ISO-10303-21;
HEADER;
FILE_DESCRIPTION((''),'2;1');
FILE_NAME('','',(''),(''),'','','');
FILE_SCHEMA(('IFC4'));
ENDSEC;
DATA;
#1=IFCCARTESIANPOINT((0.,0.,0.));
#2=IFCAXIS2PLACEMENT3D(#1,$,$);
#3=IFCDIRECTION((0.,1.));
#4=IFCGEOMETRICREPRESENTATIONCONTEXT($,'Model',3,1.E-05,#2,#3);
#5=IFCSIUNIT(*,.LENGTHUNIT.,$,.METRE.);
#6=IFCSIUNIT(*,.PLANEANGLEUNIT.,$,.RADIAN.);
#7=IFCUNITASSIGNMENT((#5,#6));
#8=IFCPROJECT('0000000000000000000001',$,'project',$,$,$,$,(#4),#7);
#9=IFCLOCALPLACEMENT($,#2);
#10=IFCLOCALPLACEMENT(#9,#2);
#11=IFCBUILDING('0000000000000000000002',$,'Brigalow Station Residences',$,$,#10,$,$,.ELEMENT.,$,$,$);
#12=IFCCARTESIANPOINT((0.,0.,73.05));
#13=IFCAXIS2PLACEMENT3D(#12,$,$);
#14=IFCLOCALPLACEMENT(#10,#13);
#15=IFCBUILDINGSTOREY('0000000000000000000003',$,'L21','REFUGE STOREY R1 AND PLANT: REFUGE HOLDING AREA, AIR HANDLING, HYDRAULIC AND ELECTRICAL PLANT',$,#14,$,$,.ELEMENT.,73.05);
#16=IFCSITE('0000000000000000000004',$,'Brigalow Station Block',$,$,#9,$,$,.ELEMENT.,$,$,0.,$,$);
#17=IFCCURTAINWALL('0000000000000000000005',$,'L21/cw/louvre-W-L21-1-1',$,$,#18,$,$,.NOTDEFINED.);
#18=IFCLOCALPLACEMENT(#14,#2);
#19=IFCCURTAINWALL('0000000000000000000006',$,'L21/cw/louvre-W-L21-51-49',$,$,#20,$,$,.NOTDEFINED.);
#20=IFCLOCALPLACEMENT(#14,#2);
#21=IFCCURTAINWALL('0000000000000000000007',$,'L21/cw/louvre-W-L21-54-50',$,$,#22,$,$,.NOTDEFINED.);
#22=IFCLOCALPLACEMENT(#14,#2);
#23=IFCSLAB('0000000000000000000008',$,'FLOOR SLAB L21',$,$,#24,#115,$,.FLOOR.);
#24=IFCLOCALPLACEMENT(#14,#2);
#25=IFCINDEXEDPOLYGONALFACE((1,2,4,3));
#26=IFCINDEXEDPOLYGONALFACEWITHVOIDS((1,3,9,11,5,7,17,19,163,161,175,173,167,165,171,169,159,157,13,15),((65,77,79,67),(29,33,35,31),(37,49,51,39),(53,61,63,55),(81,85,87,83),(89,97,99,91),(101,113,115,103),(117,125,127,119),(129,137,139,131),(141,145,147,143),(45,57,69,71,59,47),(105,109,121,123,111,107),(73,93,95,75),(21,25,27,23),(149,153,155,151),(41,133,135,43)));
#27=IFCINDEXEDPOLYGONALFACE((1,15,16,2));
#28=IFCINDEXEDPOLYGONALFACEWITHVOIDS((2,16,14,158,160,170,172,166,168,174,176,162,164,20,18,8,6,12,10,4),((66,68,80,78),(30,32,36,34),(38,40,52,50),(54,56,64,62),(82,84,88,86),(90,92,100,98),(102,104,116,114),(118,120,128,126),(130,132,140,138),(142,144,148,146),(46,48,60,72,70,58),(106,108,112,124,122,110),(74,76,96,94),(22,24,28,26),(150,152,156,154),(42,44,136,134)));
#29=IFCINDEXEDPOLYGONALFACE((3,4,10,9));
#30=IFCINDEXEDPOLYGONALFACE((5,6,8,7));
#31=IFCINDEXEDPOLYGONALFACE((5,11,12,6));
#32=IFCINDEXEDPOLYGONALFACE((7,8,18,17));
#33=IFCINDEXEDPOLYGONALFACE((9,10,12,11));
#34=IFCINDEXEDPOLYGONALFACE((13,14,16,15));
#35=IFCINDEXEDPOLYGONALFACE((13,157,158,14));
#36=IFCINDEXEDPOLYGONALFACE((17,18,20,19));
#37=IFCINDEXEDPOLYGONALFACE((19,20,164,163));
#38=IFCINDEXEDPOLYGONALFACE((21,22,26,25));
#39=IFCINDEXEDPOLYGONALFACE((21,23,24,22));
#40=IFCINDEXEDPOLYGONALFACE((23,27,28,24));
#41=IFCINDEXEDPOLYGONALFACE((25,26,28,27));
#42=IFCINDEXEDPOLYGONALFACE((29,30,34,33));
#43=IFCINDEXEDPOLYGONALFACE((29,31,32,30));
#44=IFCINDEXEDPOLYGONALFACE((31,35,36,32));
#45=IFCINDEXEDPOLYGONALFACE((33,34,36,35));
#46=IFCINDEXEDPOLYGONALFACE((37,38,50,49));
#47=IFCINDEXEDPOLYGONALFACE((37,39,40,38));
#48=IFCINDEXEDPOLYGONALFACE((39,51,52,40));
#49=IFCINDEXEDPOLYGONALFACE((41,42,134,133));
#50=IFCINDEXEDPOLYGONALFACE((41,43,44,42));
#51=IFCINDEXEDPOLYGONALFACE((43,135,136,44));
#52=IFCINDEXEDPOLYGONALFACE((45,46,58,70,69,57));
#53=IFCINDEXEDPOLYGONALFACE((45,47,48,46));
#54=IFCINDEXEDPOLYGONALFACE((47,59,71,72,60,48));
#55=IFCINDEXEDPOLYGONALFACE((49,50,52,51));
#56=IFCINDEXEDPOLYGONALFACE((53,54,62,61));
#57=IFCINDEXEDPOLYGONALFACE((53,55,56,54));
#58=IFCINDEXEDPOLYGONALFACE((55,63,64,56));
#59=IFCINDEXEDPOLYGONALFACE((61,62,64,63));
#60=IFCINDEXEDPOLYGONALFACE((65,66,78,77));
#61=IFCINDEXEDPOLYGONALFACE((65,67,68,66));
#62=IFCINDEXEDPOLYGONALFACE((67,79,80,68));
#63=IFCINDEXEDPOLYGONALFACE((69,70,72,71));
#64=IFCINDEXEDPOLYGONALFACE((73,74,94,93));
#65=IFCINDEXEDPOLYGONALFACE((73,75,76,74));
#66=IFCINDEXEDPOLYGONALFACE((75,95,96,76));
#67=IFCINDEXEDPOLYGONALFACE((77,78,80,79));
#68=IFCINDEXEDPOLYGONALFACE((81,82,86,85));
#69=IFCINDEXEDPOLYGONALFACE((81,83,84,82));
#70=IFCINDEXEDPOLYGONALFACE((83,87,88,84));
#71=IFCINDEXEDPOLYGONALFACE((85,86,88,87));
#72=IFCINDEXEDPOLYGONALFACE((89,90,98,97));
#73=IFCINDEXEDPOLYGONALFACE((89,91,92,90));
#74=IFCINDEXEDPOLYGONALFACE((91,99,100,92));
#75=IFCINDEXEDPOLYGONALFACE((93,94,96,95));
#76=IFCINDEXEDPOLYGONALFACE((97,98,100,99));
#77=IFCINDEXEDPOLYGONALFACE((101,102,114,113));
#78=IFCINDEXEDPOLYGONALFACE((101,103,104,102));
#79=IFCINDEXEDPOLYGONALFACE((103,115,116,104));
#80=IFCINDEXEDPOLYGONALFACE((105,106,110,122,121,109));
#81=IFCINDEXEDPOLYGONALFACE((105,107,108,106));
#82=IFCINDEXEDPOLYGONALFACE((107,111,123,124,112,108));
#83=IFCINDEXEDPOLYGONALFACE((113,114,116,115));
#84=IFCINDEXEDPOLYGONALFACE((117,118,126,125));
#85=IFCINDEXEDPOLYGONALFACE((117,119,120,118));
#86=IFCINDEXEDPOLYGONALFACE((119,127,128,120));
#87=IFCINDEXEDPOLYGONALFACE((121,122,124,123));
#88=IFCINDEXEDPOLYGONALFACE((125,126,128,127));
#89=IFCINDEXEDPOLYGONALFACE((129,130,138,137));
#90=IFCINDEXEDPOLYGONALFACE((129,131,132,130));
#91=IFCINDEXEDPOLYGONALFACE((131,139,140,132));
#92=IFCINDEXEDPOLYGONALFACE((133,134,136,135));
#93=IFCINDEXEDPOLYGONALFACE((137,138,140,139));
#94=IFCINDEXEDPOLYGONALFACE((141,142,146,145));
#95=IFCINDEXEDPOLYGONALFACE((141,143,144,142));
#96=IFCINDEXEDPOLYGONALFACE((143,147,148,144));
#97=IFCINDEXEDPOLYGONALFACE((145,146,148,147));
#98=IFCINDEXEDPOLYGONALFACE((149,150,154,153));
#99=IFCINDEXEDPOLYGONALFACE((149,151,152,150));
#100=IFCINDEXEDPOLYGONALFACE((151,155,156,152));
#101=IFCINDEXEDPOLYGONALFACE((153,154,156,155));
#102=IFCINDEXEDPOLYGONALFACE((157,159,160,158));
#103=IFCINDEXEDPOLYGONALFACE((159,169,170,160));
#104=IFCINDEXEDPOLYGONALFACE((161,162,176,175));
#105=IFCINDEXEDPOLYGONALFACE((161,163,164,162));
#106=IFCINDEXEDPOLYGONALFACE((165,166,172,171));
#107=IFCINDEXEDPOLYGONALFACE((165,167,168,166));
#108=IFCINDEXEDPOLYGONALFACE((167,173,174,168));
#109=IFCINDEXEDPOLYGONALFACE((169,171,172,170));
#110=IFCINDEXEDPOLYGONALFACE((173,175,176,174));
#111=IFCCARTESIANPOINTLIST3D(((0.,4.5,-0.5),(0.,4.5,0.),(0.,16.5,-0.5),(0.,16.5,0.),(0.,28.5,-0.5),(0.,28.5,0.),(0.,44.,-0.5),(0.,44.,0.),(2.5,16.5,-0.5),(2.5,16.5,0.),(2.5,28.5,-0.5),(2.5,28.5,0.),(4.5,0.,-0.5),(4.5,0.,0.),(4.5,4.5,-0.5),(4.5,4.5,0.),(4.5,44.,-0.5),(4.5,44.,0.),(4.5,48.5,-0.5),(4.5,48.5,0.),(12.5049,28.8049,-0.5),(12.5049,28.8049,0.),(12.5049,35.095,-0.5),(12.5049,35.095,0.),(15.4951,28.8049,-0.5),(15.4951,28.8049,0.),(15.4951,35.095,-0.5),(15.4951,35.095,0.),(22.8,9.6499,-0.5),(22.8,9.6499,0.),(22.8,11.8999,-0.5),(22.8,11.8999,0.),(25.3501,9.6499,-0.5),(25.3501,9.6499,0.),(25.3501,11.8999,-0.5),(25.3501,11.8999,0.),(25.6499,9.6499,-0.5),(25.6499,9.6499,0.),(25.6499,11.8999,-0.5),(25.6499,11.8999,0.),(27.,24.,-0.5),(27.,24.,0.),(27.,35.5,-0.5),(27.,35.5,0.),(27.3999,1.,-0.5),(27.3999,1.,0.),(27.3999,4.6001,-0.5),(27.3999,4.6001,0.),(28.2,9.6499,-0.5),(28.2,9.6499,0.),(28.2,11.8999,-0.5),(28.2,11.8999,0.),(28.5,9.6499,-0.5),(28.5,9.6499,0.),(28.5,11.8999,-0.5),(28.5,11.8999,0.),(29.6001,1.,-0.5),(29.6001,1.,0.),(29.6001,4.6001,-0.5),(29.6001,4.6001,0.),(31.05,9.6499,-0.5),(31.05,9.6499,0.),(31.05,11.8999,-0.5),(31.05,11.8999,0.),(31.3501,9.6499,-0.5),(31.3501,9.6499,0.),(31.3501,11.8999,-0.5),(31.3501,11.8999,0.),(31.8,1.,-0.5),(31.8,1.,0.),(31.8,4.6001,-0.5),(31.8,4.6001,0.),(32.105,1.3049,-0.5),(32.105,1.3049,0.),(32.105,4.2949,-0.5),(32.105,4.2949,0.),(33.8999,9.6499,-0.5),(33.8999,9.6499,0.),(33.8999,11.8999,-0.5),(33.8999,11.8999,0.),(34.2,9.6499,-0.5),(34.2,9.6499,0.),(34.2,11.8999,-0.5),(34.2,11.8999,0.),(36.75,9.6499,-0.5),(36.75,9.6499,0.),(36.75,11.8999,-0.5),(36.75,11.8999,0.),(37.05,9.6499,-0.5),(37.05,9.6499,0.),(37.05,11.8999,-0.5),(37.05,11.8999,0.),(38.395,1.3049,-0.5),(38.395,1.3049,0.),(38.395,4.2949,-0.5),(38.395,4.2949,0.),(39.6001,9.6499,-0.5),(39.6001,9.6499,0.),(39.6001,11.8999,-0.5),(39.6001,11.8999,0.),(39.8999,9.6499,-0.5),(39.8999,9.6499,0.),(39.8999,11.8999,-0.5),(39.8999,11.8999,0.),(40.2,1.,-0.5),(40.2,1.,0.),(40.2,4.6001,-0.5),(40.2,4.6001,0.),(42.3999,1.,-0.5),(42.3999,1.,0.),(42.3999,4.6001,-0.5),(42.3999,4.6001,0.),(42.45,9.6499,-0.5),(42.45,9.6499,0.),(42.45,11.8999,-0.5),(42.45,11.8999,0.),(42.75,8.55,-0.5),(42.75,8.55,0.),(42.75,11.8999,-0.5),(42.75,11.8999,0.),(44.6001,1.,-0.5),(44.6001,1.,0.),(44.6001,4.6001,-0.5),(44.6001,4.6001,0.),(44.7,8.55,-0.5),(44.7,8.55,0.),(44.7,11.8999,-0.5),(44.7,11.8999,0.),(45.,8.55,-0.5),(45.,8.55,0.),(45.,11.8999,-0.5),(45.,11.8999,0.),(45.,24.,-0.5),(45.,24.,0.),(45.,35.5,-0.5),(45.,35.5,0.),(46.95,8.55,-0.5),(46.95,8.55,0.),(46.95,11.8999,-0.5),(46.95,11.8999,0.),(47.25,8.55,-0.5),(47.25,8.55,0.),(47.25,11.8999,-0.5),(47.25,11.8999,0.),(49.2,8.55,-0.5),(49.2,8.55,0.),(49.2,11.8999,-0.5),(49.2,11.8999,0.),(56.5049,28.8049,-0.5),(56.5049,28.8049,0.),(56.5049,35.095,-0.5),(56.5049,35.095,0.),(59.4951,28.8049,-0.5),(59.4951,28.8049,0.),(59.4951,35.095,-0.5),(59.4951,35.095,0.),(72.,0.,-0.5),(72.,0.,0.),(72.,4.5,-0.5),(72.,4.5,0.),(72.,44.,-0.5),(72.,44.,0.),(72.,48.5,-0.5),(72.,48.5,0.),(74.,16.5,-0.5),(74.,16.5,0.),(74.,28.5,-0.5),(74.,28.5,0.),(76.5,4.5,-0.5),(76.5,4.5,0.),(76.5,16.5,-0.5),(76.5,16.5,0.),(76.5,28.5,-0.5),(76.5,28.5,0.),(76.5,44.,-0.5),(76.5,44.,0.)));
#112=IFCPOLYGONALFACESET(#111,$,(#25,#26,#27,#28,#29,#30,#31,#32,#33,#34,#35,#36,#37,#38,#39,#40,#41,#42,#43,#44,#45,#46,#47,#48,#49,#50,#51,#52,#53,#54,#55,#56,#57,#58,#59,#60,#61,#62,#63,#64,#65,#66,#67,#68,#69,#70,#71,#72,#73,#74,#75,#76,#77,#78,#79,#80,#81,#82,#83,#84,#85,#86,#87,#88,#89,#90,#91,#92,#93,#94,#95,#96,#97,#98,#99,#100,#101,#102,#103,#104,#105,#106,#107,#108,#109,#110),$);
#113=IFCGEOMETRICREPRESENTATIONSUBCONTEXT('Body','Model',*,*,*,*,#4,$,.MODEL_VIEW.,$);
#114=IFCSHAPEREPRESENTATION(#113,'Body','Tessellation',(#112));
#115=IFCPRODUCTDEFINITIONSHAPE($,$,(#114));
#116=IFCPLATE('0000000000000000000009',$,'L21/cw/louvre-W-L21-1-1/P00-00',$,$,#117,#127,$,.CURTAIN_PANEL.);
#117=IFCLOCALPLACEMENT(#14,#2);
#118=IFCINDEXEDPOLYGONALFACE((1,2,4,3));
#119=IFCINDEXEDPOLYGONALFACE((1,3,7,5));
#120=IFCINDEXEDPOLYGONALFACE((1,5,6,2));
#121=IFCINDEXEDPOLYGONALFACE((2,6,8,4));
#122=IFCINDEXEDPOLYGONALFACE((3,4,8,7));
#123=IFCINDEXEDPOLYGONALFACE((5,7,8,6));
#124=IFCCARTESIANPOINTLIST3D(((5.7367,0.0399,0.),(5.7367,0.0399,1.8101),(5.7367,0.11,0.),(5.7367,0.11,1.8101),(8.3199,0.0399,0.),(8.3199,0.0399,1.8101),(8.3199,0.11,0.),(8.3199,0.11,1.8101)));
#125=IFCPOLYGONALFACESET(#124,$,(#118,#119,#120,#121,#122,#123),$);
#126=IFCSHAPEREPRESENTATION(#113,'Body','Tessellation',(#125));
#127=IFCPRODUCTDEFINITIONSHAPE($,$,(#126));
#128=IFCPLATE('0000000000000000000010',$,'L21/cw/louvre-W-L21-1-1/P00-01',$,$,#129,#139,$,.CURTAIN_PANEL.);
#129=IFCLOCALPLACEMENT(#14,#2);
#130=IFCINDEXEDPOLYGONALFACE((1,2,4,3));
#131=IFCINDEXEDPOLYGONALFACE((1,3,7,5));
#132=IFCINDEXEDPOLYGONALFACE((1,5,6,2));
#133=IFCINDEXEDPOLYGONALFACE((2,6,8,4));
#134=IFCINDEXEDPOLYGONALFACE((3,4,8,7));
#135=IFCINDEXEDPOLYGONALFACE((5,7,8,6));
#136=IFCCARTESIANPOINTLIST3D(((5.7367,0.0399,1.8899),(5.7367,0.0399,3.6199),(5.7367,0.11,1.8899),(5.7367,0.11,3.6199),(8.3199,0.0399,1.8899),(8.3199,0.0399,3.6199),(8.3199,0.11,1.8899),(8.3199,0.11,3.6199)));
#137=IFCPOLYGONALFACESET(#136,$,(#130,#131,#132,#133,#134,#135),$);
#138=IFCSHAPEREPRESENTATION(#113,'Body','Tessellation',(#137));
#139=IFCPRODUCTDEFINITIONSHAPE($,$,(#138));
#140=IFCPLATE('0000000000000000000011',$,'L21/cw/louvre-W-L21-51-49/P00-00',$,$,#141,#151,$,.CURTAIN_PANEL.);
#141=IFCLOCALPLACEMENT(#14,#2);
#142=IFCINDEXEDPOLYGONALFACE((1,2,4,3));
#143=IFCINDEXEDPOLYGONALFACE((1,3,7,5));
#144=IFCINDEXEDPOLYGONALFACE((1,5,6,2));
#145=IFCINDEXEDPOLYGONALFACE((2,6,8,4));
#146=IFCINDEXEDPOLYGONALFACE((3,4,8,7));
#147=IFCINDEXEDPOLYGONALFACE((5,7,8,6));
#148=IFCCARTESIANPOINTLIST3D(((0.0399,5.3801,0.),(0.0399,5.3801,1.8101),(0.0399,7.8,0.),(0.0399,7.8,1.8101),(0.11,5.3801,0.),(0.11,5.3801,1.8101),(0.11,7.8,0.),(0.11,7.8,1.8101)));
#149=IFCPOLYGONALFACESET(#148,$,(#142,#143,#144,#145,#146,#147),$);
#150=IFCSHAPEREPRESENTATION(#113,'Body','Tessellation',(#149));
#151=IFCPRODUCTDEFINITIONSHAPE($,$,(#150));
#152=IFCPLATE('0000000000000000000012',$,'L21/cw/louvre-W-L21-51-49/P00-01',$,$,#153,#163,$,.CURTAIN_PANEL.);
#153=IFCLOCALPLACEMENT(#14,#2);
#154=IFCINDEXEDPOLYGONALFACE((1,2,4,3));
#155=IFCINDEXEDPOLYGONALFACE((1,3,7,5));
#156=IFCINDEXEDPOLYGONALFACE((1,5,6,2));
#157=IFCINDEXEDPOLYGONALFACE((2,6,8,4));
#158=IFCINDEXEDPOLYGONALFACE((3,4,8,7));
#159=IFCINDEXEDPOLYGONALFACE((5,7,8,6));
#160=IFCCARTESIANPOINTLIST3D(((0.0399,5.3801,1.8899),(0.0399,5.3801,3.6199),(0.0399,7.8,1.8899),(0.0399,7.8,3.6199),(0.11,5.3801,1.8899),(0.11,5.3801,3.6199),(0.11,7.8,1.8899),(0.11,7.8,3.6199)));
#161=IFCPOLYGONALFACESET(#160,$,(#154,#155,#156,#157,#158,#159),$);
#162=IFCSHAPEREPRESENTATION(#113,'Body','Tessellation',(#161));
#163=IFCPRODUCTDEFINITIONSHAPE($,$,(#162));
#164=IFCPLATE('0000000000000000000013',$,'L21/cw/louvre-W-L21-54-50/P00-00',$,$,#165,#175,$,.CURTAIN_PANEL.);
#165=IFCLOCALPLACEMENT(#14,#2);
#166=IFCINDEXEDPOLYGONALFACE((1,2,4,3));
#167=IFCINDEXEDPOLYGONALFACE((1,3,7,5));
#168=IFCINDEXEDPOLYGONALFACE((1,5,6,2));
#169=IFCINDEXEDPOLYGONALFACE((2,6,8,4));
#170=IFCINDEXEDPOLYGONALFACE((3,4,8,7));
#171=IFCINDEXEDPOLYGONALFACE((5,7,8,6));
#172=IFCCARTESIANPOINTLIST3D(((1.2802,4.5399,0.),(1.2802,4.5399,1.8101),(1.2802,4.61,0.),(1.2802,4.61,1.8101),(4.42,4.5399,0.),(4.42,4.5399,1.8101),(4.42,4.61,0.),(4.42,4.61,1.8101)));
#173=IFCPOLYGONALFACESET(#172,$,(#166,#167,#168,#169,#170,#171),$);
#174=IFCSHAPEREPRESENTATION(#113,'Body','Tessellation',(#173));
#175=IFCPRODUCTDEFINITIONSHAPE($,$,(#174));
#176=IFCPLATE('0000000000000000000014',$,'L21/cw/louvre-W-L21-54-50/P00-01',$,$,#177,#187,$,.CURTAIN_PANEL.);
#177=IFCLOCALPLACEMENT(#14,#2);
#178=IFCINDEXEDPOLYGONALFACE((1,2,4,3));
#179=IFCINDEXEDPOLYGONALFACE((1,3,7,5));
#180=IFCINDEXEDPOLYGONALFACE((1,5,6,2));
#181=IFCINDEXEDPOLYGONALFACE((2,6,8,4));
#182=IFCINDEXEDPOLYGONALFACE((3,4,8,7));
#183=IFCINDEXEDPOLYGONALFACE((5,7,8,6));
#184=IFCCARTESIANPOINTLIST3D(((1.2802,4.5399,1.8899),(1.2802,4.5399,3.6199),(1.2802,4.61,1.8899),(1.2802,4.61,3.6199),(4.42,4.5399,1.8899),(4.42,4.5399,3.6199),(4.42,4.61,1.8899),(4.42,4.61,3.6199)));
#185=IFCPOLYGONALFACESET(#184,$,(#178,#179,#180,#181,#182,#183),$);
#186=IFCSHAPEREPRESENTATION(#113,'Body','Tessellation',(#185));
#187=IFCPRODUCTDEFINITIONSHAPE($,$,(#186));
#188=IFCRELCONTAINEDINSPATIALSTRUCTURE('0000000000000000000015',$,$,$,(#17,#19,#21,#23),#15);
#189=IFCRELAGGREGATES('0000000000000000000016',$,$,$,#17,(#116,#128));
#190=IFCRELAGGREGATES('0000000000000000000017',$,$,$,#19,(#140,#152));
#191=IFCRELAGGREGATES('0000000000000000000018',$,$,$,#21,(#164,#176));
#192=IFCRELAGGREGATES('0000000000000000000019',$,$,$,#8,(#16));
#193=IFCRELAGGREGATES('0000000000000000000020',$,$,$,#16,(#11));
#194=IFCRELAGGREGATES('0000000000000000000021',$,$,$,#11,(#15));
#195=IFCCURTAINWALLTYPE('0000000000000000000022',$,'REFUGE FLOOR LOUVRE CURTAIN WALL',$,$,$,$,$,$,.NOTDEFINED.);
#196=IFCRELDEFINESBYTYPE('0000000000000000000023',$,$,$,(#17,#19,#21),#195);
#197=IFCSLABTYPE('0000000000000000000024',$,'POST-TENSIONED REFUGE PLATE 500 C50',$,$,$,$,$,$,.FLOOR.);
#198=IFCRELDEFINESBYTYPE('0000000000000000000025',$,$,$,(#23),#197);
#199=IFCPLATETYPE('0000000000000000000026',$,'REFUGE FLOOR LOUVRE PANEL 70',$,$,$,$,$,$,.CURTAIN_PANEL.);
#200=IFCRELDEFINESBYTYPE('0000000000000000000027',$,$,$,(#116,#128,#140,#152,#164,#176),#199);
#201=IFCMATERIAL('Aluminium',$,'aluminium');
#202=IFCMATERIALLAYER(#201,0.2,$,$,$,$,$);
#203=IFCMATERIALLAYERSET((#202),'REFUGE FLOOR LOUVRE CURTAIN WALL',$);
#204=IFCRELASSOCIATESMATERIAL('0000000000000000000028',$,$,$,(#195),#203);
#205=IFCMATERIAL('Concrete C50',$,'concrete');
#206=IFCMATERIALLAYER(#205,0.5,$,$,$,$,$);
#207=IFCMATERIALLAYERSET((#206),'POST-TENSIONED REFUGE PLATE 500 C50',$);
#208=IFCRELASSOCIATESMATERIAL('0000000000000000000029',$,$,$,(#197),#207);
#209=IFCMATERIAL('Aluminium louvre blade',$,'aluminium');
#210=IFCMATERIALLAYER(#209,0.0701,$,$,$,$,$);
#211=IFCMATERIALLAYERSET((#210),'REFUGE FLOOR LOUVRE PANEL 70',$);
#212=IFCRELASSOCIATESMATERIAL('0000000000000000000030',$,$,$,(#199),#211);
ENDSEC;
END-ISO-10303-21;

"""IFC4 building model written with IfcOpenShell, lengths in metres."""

from ifc_helpers import new_model, si_unit, direction, frame, origin, origin_2d, place, context, subcontext, project, spatial, polyline, rectangle, outline, extrude, material, layer, layer_set, type_object, element, aggregate, save


model = new_model("IFC4")

# Units and contexts
model_context = context("Model", 3, precision=1e-05, world=origin(), true_north=direction((0.0, 1.0)))
body_context = subcontext(model_context, "Body", "Model", "MODEL_VIEW")
ifc_project = project(units=[si_unit("LENGTHUNIT", "METRE"), si_unit("PLANEANGLEUNIT", "RADIAN")], contexts=[model_context])

# Site, building, storey
site_placement = place(None, origin())
site = spatial("IfcSite", under=ifc_project, at=site_placement, Name="Brigalow Station Block", CompositionType="ELEMENT", RefElevation=0.0)
building_placement = place(site_placement, origin())
building = spatial("IfcBuilding", under=site, at=building_placement, Name="Brigalow Station Residences", CompositionType="ELEMENT")
storey_placement = place(building_placement, frame((0.0, 0.0, 73.05)))
storey = spatial("IfcBuildingStorey", under=building, at=storey_placement, Name="L21", Description="REFUGE STOREY R1 AND PLANT: REFUGE HOLDING AREA, AIR HANDLING, HYDRAULIC AND ELECTRICAL PLANT", CompositionType="ELEMENT", Elevation=73.05)

# Curtain wall
ifc_material_1 = material(Name="Aluminium", Category="aluminium")
ifc_layer_1 = layer(ifc_material_1, 0.2)
ifc_layer_set_1 = layer_set([ifc_layer_1], Name="REFUGE FLOOR LOUVRE CURTAIN WALL")
curtain_wall_type = type_object("IfcCurtainWallType", Name="REFUGE FLOOR LOUVRE CURTAIN WALL", PredefinedType="NOTDEFINED", material=ifc_layer_set_1)
curtain_wall_1_placement = place(storey_placement, origin())
curtain_wall_1 = element("IfcCurtainWall", 1, at=curtain_wall_1_placement, inside=storey, type_object=curtain_wall_type, Name="L21/cw/louvre-W-L21-1-1", PredefinedType="NOTDEFINED")

# Curtain walls
curtain_wall_2_placement = place(storey_placement, origin())
curtain_wall_2 = element("IfcCurtainWall", 2, at=curtain_wall_2_placement, inside=storey, type_object=curtain_wall_type, Name="L21/cw/louvre-W-L21-51-49", PredefinedType="NOTDEFINED")
curtain_wall_3_placement = place(storey_placement, origin())
curtain_wall_3 = element("IfcCurtainWall", 3, at=curtain_wall_3_placement, inside=storey, type_object=curtain_wall_type, Name="L21/cw/louvre-W-L21-54-50", PredefinedType="NOTDEFINED")

# Slab
ifc_material_2 = material(Name="Concrete C50", Category="concrete")
ifc_layer_2 = layer(ifc_material_2, 0.5)
ifc_layer_set_2 = layer_set([ifc_layer_2], Name="POST-TENSIONED REFUGE PLATE 500 C50")
slab_type_1 = type_object("IfcSlabType", Name="POST-TENSIONED REFUGE PLATE 500 C50", PredefinedType="FLOOR", material=ifc_layer_set_2)
slab_1_placement = place(storey_placement, frame((0.0, 0.0, -0.5)))
element("IfcSlab", 4, at=slab_1_placement, inside=storey, type_object=slab_type_1, Name="FLOOR SLAB L21", PredefinedType="FLOOR", context=body_context, shape_type="SweptSolid", body=[
    extrude(outline(polyline([(4.5, 0.0), (72.0, 0.0), (72.0, 4.5), (76.5, 4.5), (76.5, 16.5), (74.0, 16.5), (74.0, 28.5), (76.5, 28.5), (76.5, 44.0), (72.0, 44.0), (72.0, 48.5), (4.5, 48.5), (4.5, 44.0), (0.0, 44.0), (0.0, 28.5), (2.5, 28.5), (2.5, 16.5), (0.0, 16.5), (0.0, 4.5), (4.5, 4.5), (4.5, 0.0)]), holes=[polyline([(15.4951, 35.095), (15.4951, 28.8049), (12.5049, 28.8049), (12.5049, 35.095), (15.4951, 35.095)]), polyline([(22.8, 11.8999), (25.3501, 11.8999), (25.3501, 9.6499), (22.8, 9.6499), (22.8, 11.8999)]), polyline([(25.6499, 11.8999), (28.2, 11.8999), (28.2, 9.6499), (25.6499, 9.6499), (25.6499, 11.8999)]), polyline([(28.5, 11.8999), (31.05, 11.8999), (31.05, 9.6499), (28.5, 9.6499), (28.5, 11.8999)]), polyline([(29.6001, 1.0), (27.3999, 1.0), (27.3999, 4.6001), (29.6001, 4.6001), (31.8, 4.6001), (31.8, 1.0), (29.6001, 1.0)]), polyline([(31.3501, 11.8999), (33.8999, 11.8999), (33.8999, 9.6499), (31.3501, 9.6499), (31.3501, 11.8999)]), polyline([(32.105, 4.2949), (38.395, 4.2949), (38.395, 1.3049), (32.105, 1.3049), (32.105, 4.2949)]), polyline([(36.75, 11.8999), (36.75, 9.6499), (34.2, 9.6499), (34.2, 11.8999), (36.75, 11.8999)]), polyline([(37.05, 11.8999), (39.6001, 11.8999), (39.6001, 9.6499), (37.05, 9.6499), (37.05, 11.8999)]), polyline([(39.8999, 11.8999), (42.45, 11.8999), (42.45, 9.6499), (39.8999, 9.6499), (39.8999, 11.8999)]), polyline([(42.3999, 1.0), (40.2, 1.0), (40.2, 4.6001), (42.3999, 4.6001), (44.6001, 4.6001), (44.6001, 1.0), (42.3999, 1.0)]), polyline([(42.75, 11.8999), (44.7, 11.8999), (44.7, 8.55), (42.75, 8.55), (42.75, 11.8999)]), polyline([(45.0, 11.8999), (46.95, 11.8999), (46.95, 8.55), (45.0, 8.55), (45.0, 11.8999)]), polyline([(45.0, 35.5), (45.0, 24.0), (27.0, 24.0), (27.0, 35.5), (45.0, 35.5)]), polyline([(47.25, 11.8999), (49.2, 11.8999), (49.2, 8.55), (47.25, 8.55), (47.25, 11.8999)]), polyline([(59.4951, 35.095), (59.4951, 28.8049), (56.5049, 28.8049), (56.5049, 35.095), (59.4951, 35.095)])]), origin(), (0.0, 0.0, 1.0), 0.5),
])

# Plates
ifc_material_3 = material(Name="Aluminium louvre blade", Category="aluminium")
ifc_layer_3 = layer(ifc_material_3, 0.0701)
ifc_layer_set_3 = layer_set([ifc_layer_3], Name="REFUGE FLOOR LOUVRE PANEL 70")
plate_type = type_object("IfcPlateType", Name="REFUGE FLOOR LOUVRE PANEL 70", PredefinedType="CURTAIN_PANEL", material=ifc_layer_set_3)
plate_1_placement = place(storey_placement, frame((7.0283, 0.075, 0.0), z_axis=(0.0, 0.0, 1.0), x_axis=(1.0, 0.0, 0.0)))
plate_1 = element("IfcPlate", 5, at=plate_1_placement, type_object=plate_type, Name="L21/cw/louvre-W-L21-1-1/P00-00", PredefinedType="CURTAIN_PANEL", context=body_context, shape_type="SweptSolid", body=[
    extrude(rectangle(XDim=2.5833, YDim=0.0701, at=origin_2d()), origin(), (0.0, 0.0, 1.0), 1.8101),
])
plate_2_placement = place(storey_placement, frame((7.0283, 0.075, 1.8899), z_axis=(0.0, 0.0, 1.0), x_axis=(1.0, 0.0, 0.0)))
plate_2 = element("IfcPlate", 6, at=plate_2_placement, type_object=plate_type, Name="L21/cw/louvre-W-L21-1-1/P00-01", PredefinedType="CURTAIN_PANEL", context=body_context, shape_type="SweptSolid", body=[
    extrude(rectangle(XDim=2.5833, YDim=0.0701, at=origin_2d()), origin(), (0.0, 0.0, 1.0), 1.73),
])
aggregate(curtain_wall_1, [plate_1, plate_2])
plate_3_placement = place(storey_placement, frame((0.075, 6.5901, 0.0), z_axis=(0.0, 0.0, 1.0), x_axis=(0.0, -1.0, 0.0)))
plate_3 = element("IfcPlate", 7, at=plate_3_placement, type_object=plate_type, Name="L21/cw/louvre-W-L21-51-49/P00-00", PredefinedType="CURTAIN_PANEL", context=body_context, shape_type="SweptSolid", body=[
    extrude(rectangle(XDim=2.4199, YDim=0.0701, at=origin_2d()), origin(), (0.0, 0.0, 1.0), 1.8101),
])
plate_4_placement = place(storey_placement, frame((0.075, 6.5901, 1.8899), z_axis=(0.0, 0.0, 1.0), x_axis=(0.0, -1.0, 0.0)))
plate_4 = element("IfcPlate", 8, at=plate_4_placement, type_object=plate_type, Name="L21/cw/louvre-W-L21-51-49/P00-01", PredefinedType="CURTAIN_PANEL", context=body_context, shape_type="SweptSolid", body=[
    extrude(rectangle(XDim=2.4199, YDim=0.0701, at=origin_2d()), origin(), (0.0, 0.0, 1.0), 1.73),
])
aggregate(curtain_wall_2, [plate_3, plate_4])
plate_5_placement = place(storey_placement, frame((2.8501, 4.575, 0.0), z_axis=(0.0, 0.0, 1.0), x_axis=(1.0, 0.0, 0.0)))
plate_5 = element("IfcPlate", 9, at=plate_5_placement, type_object=plate_type, Name="L21/cw/louvre-W-L21-54-50/P00-00", PredefinedType="CURTAIN_PANEL", context=body_context, shape_type="SweptSolid", body=[
    extrude(rectangle(XDim=3.1399, YDim=0.0701, at=origin_2d()), origin(), (0.0, 0.0, 1.0), 1.8101),
])
plate_6_placement = place(storey_placement, frame((2.8501, 4.575, 1.8899), z_axis=(0.0, 0.0, 1.0), x_axis=(1.0, 0.0, 0.0)))
plate_6 = element("IfcPlate", 10, at=plate_6_placement, type_object=plate_type, Name="L21/cw/louvre-W-L21-54-50/P00-01", PredefinedType="CURTAIN_PANEL", context=body_context, shape_type="SweptSolid", body=[
    extrude(rectangle(XDim=3.1399, YDim=0.0701, at=origin_2d()), origin(), (0.0, 0.0, 1.0), 1.73),
])
aggregate(curtain_wall_3, [plate_5, plate_6])

save(model, "model.ifc")
